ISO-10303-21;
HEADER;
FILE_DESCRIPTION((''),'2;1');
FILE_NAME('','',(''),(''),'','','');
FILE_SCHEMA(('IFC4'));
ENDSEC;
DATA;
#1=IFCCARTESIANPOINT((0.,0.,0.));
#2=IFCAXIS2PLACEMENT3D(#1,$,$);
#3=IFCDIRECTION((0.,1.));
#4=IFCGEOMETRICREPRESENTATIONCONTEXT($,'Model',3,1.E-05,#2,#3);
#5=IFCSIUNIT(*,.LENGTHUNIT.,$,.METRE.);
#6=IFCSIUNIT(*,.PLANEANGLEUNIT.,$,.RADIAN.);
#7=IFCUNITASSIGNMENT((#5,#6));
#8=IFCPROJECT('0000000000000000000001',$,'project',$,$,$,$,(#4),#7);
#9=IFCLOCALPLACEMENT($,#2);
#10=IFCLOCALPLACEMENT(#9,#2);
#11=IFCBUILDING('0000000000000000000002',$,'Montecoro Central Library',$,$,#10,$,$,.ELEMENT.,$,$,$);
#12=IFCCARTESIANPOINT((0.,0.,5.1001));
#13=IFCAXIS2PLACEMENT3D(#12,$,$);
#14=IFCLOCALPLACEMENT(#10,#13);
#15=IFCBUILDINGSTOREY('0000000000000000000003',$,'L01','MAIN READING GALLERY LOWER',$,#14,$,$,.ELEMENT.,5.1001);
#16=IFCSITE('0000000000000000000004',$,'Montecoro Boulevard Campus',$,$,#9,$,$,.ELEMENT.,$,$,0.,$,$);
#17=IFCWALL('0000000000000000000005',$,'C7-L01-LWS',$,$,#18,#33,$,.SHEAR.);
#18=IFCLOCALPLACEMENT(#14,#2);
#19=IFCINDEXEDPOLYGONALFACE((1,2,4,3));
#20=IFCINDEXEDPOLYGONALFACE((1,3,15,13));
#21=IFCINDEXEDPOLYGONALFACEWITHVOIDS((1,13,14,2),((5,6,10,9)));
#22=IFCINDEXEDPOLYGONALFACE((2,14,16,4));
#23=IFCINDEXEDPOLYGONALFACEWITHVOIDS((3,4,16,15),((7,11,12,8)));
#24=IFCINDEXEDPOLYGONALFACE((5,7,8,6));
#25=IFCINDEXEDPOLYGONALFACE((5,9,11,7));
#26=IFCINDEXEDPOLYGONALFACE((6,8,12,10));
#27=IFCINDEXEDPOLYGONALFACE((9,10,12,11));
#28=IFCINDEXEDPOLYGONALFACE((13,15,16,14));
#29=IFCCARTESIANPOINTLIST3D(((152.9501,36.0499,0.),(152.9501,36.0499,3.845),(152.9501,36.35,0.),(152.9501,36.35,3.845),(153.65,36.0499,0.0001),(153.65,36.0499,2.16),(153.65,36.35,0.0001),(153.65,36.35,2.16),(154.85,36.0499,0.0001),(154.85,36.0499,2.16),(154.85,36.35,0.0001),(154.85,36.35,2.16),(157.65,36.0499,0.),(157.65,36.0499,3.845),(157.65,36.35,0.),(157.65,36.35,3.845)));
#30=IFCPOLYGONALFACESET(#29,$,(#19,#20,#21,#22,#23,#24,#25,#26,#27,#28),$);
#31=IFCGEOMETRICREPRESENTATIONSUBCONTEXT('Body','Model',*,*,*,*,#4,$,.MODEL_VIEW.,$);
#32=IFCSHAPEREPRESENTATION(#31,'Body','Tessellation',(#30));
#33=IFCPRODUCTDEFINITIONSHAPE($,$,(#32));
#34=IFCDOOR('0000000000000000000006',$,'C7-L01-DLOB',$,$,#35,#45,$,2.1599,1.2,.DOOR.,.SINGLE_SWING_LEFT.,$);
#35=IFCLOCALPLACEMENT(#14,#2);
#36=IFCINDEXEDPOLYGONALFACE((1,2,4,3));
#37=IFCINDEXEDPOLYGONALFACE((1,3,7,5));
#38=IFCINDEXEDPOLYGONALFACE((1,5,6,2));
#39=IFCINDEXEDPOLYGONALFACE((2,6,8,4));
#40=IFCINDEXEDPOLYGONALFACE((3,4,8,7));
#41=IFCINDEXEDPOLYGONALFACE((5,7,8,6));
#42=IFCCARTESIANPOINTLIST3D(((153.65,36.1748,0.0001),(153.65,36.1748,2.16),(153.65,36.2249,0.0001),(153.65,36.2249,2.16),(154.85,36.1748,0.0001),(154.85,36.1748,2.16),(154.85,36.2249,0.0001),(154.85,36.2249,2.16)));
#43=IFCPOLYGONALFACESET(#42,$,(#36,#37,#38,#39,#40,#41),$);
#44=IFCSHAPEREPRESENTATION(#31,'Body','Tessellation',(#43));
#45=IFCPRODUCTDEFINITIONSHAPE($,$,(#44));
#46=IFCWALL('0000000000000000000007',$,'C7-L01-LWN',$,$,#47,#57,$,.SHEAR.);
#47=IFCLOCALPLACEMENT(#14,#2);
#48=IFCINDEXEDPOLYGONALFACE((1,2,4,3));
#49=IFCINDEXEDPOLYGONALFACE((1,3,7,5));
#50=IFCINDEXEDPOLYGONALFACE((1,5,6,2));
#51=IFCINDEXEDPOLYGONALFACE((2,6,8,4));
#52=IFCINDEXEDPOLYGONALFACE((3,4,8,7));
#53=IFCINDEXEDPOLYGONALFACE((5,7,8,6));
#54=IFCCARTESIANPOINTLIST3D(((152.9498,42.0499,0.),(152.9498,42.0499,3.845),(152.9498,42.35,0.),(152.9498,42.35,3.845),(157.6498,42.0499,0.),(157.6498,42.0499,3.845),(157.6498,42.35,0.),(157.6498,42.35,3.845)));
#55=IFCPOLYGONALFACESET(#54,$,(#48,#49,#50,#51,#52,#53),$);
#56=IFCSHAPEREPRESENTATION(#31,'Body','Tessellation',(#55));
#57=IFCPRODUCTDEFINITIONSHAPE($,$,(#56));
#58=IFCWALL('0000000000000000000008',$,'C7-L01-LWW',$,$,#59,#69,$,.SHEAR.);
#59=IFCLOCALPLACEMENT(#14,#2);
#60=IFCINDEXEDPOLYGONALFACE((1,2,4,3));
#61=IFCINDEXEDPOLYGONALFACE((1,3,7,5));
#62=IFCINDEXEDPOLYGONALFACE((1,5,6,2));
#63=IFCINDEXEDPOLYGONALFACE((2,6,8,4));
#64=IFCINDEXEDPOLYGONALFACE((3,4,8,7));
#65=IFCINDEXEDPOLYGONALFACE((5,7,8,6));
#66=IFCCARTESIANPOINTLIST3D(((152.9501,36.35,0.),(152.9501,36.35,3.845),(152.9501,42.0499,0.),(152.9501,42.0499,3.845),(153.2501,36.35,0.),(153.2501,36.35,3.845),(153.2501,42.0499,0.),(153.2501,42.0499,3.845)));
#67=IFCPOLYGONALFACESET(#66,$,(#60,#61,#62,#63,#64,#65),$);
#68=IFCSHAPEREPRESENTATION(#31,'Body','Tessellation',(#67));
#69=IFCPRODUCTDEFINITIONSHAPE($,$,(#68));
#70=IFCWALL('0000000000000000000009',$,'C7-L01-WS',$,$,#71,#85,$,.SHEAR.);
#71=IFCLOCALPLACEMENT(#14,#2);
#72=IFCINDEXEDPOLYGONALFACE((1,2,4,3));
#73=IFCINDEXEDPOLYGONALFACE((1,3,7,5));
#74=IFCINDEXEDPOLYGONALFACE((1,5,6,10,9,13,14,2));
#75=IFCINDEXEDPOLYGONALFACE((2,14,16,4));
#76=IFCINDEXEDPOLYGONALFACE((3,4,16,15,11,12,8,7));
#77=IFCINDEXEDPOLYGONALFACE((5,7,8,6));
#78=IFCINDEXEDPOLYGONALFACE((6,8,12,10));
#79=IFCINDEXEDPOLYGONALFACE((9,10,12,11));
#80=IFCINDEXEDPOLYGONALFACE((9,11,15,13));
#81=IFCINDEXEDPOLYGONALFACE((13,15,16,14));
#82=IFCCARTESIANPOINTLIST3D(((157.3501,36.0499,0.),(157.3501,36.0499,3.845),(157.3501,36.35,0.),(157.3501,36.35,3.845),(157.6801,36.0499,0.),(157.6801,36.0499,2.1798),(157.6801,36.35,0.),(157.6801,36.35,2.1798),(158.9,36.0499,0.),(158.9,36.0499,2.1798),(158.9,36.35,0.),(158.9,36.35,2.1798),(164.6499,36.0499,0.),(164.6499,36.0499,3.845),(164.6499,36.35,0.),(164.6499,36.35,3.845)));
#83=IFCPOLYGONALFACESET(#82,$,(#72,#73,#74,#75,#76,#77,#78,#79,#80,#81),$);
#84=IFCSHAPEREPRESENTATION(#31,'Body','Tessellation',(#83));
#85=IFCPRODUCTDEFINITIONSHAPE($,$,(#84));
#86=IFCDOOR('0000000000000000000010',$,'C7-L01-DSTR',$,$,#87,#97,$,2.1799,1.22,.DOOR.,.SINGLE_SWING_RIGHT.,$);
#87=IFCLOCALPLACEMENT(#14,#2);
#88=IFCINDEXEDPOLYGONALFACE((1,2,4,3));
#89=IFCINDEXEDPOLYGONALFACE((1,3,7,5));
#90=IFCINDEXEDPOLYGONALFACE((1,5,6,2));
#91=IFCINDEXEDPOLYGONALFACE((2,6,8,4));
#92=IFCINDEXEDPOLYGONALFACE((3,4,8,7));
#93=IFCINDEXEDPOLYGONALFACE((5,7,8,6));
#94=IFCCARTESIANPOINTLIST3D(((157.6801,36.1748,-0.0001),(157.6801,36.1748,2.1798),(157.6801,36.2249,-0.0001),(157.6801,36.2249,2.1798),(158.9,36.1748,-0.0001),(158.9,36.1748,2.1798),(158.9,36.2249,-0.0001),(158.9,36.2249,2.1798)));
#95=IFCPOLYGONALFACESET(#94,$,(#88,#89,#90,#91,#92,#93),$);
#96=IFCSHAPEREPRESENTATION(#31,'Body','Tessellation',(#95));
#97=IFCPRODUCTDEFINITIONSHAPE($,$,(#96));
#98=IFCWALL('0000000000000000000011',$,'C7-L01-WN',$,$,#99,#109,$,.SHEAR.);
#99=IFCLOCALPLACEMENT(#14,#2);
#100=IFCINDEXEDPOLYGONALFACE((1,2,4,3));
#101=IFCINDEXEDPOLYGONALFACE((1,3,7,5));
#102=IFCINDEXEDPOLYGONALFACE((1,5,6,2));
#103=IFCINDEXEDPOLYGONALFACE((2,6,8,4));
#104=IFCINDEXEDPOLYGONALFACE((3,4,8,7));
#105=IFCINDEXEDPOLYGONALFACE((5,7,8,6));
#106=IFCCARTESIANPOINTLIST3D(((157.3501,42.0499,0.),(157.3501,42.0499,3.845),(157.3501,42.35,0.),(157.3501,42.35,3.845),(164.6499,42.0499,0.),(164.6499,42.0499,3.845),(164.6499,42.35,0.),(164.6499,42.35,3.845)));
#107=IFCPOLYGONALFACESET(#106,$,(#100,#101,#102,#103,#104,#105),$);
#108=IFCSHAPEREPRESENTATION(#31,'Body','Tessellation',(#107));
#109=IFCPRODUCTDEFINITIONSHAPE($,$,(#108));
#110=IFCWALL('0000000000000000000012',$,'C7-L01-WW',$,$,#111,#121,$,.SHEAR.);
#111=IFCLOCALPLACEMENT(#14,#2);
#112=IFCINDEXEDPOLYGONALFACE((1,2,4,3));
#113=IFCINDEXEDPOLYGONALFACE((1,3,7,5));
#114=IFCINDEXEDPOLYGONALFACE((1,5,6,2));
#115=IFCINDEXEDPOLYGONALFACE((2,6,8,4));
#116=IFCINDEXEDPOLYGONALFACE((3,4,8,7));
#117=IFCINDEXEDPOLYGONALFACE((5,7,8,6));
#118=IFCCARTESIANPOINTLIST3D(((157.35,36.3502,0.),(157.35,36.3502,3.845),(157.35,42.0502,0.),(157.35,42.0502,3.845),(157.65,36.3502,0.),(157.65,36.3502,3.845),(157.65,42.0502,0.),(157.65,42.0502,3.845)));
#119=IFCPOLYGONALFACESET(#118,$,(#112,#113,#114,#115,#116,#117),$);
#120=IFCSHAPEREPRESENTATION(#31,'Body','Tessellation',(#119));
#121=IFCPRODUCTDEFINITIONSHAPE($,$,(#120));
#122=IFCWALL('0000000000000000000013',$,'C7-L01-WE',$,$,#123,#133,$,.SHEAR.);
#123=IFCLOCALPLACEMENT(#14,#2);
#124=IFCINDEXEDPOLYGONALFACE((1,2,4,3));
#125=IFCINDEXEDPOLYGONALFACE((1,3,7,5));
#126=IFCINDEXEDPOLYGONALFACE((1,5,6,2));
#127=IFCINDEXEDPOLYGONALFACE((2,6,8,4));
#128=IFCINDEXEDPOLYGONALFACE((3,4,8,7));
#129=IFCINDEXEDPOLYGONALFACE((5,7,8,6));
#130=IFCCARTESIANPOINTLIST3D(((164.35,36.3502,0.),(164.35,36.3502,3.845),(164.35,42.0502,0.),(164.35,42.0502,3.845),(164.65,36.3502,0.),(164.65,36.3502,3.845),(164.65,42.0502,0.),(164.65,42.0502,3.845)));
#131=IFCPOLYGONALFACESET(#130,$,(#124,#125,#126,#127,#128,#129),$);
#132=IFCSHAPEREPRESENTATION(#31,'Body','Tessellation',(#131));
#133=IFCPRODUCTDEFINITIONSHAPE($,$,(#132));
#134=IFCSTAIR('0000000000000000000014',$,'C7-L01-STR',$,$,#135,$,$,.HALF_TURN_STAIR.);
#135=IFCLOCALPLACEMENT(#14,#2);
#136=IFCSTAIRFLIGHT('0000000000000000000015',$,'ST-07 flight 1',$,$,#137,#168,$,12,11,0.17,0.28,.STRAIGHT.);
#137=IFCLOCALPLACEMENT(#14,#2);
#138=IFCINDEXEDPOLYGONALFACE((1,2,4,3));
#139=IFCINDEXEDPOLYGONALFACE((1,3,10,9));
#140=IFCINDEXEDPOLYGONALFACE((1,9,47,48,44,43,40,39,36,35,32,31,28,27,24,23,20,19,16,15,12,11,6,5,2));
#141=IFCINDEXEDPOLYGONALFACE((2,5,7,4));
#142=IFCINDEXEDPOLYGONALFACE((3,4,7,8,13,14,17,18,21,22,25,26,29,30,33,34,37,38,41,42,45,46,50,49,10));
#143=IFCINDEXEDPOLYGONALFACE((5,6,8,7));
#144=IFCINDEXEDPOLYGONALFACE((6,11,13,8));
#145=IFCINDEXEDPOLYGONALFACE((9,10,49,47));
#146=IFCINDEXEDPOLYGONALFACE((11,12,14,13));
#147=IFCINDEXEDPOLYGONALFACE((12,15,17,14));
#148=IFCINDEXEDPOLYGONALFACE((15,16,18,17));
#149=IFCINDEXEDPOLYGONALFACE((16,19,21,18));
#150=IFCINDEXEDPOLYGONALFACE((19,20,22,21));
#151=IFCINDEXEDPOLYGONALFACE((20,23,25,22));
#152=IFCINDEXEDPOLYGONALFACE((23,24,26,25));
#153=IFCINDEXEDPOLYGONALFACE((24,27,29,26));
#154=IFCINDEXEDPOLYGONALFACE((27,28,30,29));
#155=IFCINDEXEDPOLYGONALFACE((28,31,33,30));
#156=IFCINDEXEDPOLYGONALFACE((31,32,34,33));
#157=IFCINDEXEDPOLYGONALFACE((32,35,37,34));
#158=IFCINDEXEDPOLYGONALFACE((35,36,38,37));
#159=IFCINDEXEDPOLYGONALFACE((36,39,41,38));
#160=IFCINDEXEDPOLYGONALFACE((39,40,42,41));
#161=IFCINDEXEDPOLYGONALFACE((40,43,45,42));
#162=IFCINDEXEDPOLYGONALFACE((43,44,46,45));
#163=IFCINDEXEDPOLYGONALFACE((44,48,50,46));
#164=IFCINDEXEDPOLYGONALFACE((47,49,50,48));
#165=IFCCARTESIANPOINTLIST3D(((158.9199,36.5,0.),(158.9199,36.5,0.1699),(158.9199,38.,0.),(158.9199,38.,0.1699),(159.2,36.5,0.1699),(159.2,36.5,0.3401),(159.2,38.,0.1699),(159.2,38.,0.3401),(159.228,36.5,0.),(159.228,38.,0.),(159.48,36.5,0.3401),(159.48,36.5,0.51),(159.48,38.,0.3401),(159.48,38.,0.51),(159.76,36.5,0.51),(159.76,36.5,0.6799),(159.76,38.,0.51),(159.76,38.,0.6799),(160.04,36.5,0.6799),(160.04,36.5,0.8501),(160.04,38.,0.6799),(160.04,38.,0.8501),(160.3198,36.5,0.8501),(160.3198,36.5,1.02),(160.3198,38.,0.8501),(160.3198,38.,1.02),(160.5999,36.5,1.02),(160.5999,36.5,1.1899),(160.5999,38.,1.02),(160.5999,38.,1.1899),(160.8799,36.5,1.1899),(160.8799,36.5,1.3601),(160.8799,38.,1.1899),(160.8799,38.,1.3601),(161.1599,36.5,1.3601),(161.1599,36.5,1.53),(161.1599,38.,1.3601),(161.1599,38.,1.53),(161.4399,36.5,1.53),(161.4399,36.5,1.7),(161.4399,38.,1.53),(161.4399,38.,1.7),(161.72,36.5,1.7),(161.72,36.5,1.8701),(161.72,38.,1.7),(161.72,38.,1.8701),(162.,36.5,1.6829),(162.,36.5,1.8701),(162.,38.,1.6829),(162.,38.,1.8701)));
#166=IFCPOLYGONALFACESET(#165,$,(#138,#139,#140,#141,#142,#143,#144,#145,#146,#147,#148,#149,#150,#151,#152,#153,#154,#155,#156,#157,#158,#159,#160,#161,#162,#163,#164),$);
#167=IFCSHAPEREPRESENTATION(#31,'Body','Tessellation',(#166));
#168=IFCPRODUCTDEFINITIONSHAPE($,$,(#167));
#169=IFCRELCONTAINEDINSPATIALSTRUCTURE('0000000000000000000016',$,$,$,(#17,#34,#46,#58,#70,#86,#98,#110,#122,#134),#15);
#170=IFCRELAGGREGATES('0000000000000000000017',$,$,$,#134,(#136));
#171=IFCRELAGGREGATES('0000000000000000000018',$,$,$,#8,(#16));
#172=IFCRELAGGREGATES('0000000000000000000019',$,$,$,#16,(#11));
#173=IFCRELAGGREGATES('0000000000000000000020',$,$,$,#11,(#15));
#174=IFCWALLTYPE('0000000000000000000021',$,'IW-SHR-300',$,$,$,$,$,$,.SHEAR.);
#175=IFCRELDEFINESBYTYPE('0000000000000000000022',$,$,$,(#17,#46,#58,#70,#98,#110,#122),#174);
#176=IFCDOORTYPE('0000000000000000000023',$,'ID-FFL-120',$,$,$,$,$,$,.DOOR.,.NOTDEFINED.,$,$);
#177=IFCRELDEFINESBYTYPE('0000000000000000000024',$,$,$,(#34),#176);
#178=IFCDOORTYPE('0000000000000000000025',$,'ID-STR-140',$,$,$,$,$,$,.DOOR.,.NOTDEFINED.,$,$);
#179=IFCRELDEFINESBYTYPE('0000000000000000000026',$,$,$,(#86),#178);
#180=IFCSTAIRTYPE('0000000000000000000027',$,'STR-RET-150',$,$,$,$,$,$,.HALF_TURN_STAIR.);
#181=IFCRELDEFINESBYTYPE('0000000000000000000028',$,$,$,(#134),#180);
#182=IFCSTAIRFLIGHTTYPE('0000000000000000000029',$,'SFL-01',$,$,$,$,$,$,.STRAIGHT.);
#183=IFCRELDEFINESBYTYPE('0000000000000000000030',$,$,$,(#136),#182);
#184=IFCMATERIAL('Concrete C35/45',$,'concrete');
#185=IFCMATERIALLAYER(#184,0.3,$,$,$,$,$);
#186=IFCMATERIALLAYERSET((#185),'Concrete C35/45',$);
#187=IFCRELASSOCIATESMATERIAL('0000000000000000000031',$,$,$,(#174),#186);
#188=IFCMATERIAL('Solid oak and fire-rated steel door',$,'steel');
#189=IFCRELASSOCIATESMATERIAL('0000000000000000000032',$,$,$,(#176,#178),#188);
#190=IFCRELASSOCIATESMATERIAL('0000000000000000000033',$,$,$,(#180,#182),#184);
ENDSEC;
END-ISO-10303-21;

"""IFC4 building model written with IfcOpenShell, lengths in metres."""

from ifc_helpers import new_model, si_unit, direction, frame, frame_2d, origin, place, context, subcontext, project, spatial, polyline, rectangle, outline, extrude, material, layer, layer_set, type_object, element, fill, aggregate, save


model = new_model("IFC4")

# Units and contexts
model_context = context("Model", 3, precision=1e-05, world=origin(), true_north=direction((0.0, 1.0)))
body_context = subcontext(model_context, "Body", "Model", "MODEL_VIEW")
ifc_project = project(units=[si_unit("LENGTHUNIT", "METRE"), si_unit("PLANEANGLEUNIT", "RADIAN")], contexts=[model_context])

# Site, building, storey
site_placement = place(None, origin())
site = spatial("IfcSite", under=ifc_project, at=site_placement, Name="Montecoro Boulevard Campus", CompositionType="ELEMENT", RefElevation=0.0)
building_placement = place(site_placement, origin())
building = spatial("IfcBuilding", under=site, at=building_placement, Name="Montecoro Central Library", CompositionType="ELEMENT")
storey_placement = place(building_placement, frame((0.0, 0.0, 5.1001)))
storey = spatial("IfcBuildingStorey", under=building, at=storey_placement, Name="L01", Description="MAIN READING GALLERY LOWER", CompositionType="ELEMENT", Elevation=5.1001)

# Shared definitions
ifc_material_1 = material(Name="Concrete C35/45", Category="concrete")

# Wall, opening, door
ifc_material_2 = material(Name="Solid oak and fire-rated steel door", Category="steel")
ifc_layer_1 = layer(ifc_material_1, 0.3)
ifc_layer_set_1 = layer_set([ifc_layer_1], Name="Concrete C35/45")
wall_type_1 = type_object("IfcWallType", Name="IW-SHR-300", PredefinedType="SHEAR", material=ifc_layer_set_1)
wall_1_placement = place(storey_placement, frame((152.95, 36.2, 0.0), z_axis=(0.0, 0.0, 1.0), x_axis=(1.0, 0.0, 0.0)))
wall_1 = element("IfcWall", 1, at=wall_1_placement, inside=storey, type_object=wall_type_1, Name="C7-L01-LWS", PredefinedType="SHEAR", context=body_context, shape_type="SweptSolid", body=[
    extrude(rectangle(XDim=4.7, YDim=0.3, at=frame_2d((2.3501, 0.0))), origin(), (0.0, 0.0, 1.0), 3.845),
])
opening_1_placement = place(wall_1_placement, frame((0.7, 0.0, 0.0)))
opening_1 = element("IfcOpeningElement", 2, at=opening_1_placement, cuts=wall_1, PredefinedType="OPENING", context=body_context, shape_type="SweptSolid", body=[
    extrude(rectangle(XDim=1.2, YDim=2.1599, at=frame_2d((0.6001, 1.0801))), frame((0.0, 0.1599, 0.0), z_axis=(0.0, -1.0, 0.0), x_axis=(1.0, 0.0, 0.0)), (0.0, 0.0, 1.0), 0.3201),
])
door_type_1 = type_object("IfcDoorType", Name="ID-FFL-120", OperationType="NOTDEFINED", PredefinedType="DOOR", material=ifc_material_2)
door_1_placement = place(opening_1_placement, origin())
door_1 = element("IfcDoor", 3, at=door_1_placement, inside=storey, type_object=door_type_1, Name="C7-L01-DLOB", OperationType="SINGLE_SWING_LEFT", OverallHeight=2.1599, OverallWidth=1.2, PredefinedType="DOOR", context=body_context, shape_type="SweptSolid", body=[
    extrude(rectangle(XDim=1.2, YDim=2.1599, at=frame_2d((0.6001, 1.0801))), frame((0.0, 0.0249, 0.0), z_axis=(0.0, -1.0, 0.0), x_axis=(1.0, 0.0, 0.0)), (0.0, 0.0, 1.0), 0.05),
])
fill(opening_1, door_1)

# Walls
wall_2_placement = place(storey_placement, frame((157.6499, 42.2, 0.0), z_axis=(0.0, 0.0, 1.0), x_axis=(-1.0, 0.0, 0.0)))
element("IfcWall", 4, at=wall_2_placement, inside=storey, type_object=wall_type_1, Name="C7-L01-LWN", PredefinedType="SHEAR", context=body_context, shape_type="SweptSolid", body=[
    extrude(rectangle(XDim=4.7, YDim=0.3, at=frame_2d((2.3501, 0.0))), origin(), (0.0, 0.0, 1.0), 3.845),
])
wall_3_placement = place(storey_placement, frame((153.1001, 42.05, 0.0), z_axis=(0.0, 0.0, 1.0), x_axis=(0.0, -1.0, 0.0)))
element("IfcWall", 5, at=wall_3_placement, inside=storey, type_object=wall_type_1, Name="C7-L01-LWW", PredefinedType="SHEAR", context=body_context, shape_type="SweptSolid", body=[
    extrude(rectangle(XDim=5.7, YDim=0.3, at=frame_2d((2.8501, 0.0))), origin(), (0.0, 0.0, 1.0), 3.845),
])

# Wall, opening, door
wall_4_placement = place(storey_placement, frame((157.3501, 36.2, 0.0), z_axis=(0.0, 0.0, 1.0), x_axis=(1.0, 0.0, 0.0)))
wall_4 = element("IfcWall", 6, at=wall_4_placement, inside=storey, type_object=wall_type_1, Name="C7-L01-WS", PredefinedType="SHEAR", context=body_context, shape_type="SweptSolid", body=[
    extrude(rectangle(XDim=7.2998, YDim=0.3, at=frame_2d((3.6499, 0.0))), origin(), (0.0, 0.0, 1.0), 3.845),
])
opening_2_placement = place(wall_4_placement, frame((0.3301, 0.0, 0.0)))
opening_2 = element("IfcOpeningElement", 7, at=opening_2_placement, cuts=wall_4, PredefinedType="OPENING", context=body_context, shape_type="SweptSolid", body=[
    extrude(rectangle(XDim=1.22, YDim=2.1799, at=frame_2d((0.6099, 1.0898))), frame((0.0, 0.1599, 0.0), z_axis=(0.0, -1.0, 0.0), x_axis=(1.0, 0.0, 0.0)), (0.0, 0.0, 1.0), 0.3201),
])
door_type_2 = type_object("IfcDoorType", Name="ID-STR-140", OperationType="NOTDEFINED", PredefinedType="DOOR", material=ifc_material_2)
door_2_placement = place(opening_2_placement, origin())
door_2 = element("IfcDoor", 8, at=door_2_placement, inside=storey, type_object=door_type_2, Name="C7-L01-DSTR", OperationType="SINGLE_SWING_RIGHT", OverallHeight=2.1799, OverallWidth=1.22, PredefinedType="DOOR", context=body_context, shape_type="SweptSolid", body=[
    extrude(rectangle(XDim=1.22, YDim=2.1799, at=frame_2d((0.6099, 1.0898))), frame((0.0, 0.0249, 0.0), z_axis=(0.0, -1.0, 0.0), x_axis=(1.0, 0.0, 0.0)), (0.0, 0.0, 1.0), 0.05),
])
fill(opening_2, door_2)

# Walls
wall_5_placement = place(storey_placement, frame((157.3501, 42.2, 0.0), z_axis=(0.0, 0.0, 1.0), x_axis=(1.0, 0.0, 0.0)))
element("IfcWall", 9, at=wall_5_placement, inside=storey, type_object=wall_type_1, Name="C7-L01-WN", PredefinedType="SHEAR", context=body_context, shape_type="SweptSolid", body=[
    extrude(rectangle(XDim=7.2998, YDim=0.3, at=frame_2d((3.6499, 0.0))), origin(), (0.0, 0.0, 1.0), 3.845),
])
for number, where, z_axis, x_axis, name in (
    (10, (157.5, 36.3501, 0.0), (0.0, 0.0, 1.0), (0.0, 1.0, 0.0), "C7-L01-WW"),
    (11, (164.5, 36.3501, 0.0), (0.0, 0.0, 1.0), (0.0, 1.0, 0.0), "C7-L01-WE"),
):
    element("IfcWall", number, at=place(storey_placement, frame(where, z_axis=z_axis, x_axis=x_axis)), inside=storey, type_object=wall_type_1, Name=name, PredefinedType="SHEAR", context=body_context, shape_type="SweptSolid", body=[
        extrude(rectangle(XDim=5.7, YDim=0.3, at=frame_2d((2.8501, 0.0))), origin(), (0.0, 0.0, 1.0), 3.845),
    ])

# Stair, stair flight
stair_type = type_object("IfcStairType", Name="STR-RET-150", PredefinedType="HALF_TURN_STAIR", material=ifc_material_1)
stair_placement = place(storey_placement, origin())
stair = element("IfcStair", 12, at=stair_placement, inside=storey, type_object=stair_type, Name="C7-L01-STR", PredefinedType="HALF_TURN_STAIR")
stair_flight_type = type_object("IfcStairFlightType", Name="SFL-01", PredefinedType="STRAIGHT", material=ifc_material_1)
stair_flight_1_placement = place(storey_placement, frame((158.9199, 37.25, 0.0), z_axis=(0.0, 0.0, 1.0), x_axis=(1.0, 0.0, 0.0)))
stair_flight_1 = element("IfcStairFlight", 13, at=stair_flight_1_placement, type_object=stair_flight_type, Name="ST-07 flight 1", NumberOfRisers=12, NumberOfTreads=11, PredefinedType="STRAIGHT", RiserHeight=0.17, TreadLength=0.28, context=body_context, shape_type="SweptSolid", body=[
    extrude(outline(polyline([(0.0, 0.0), (0.0, 0.1699), (0.28, 0.1699), (0.28, 0.3401), (0.5601, 0.3401), (0.5601, 0.51), (0.8401, 0.51), (0.8401, 0.6799), (1.1201, 0.6799), (1.1201, 0.8501), (1.3999, 0.8501), (1.3999, 1.02), (1.6799, 1.02), (1.6799, 1.1899), (1.96, 1.1899), (1.96, 1.3601), (2.24, 1.3601), (2.24, 1.53), (2.52, 1.53), (2.52, 1.7), (2.8, 1.7), (2.8, 1.8701), (3.0801, 1.8701), (3.0801, 2.04), (3.0801, 1.6829), (0.3081, 0.0), (0.0, 0.0)])), frame((0.0, 0.75, 0.0), z_axis=(0.0, -1.0, 0.0), x_axis=(1.0, 0.0, 0.0)), (0.0, 0.0, 1.0), 1.5),
])
aggregate(stair, [stair_flight_1])

save(model, "model.ifc")
